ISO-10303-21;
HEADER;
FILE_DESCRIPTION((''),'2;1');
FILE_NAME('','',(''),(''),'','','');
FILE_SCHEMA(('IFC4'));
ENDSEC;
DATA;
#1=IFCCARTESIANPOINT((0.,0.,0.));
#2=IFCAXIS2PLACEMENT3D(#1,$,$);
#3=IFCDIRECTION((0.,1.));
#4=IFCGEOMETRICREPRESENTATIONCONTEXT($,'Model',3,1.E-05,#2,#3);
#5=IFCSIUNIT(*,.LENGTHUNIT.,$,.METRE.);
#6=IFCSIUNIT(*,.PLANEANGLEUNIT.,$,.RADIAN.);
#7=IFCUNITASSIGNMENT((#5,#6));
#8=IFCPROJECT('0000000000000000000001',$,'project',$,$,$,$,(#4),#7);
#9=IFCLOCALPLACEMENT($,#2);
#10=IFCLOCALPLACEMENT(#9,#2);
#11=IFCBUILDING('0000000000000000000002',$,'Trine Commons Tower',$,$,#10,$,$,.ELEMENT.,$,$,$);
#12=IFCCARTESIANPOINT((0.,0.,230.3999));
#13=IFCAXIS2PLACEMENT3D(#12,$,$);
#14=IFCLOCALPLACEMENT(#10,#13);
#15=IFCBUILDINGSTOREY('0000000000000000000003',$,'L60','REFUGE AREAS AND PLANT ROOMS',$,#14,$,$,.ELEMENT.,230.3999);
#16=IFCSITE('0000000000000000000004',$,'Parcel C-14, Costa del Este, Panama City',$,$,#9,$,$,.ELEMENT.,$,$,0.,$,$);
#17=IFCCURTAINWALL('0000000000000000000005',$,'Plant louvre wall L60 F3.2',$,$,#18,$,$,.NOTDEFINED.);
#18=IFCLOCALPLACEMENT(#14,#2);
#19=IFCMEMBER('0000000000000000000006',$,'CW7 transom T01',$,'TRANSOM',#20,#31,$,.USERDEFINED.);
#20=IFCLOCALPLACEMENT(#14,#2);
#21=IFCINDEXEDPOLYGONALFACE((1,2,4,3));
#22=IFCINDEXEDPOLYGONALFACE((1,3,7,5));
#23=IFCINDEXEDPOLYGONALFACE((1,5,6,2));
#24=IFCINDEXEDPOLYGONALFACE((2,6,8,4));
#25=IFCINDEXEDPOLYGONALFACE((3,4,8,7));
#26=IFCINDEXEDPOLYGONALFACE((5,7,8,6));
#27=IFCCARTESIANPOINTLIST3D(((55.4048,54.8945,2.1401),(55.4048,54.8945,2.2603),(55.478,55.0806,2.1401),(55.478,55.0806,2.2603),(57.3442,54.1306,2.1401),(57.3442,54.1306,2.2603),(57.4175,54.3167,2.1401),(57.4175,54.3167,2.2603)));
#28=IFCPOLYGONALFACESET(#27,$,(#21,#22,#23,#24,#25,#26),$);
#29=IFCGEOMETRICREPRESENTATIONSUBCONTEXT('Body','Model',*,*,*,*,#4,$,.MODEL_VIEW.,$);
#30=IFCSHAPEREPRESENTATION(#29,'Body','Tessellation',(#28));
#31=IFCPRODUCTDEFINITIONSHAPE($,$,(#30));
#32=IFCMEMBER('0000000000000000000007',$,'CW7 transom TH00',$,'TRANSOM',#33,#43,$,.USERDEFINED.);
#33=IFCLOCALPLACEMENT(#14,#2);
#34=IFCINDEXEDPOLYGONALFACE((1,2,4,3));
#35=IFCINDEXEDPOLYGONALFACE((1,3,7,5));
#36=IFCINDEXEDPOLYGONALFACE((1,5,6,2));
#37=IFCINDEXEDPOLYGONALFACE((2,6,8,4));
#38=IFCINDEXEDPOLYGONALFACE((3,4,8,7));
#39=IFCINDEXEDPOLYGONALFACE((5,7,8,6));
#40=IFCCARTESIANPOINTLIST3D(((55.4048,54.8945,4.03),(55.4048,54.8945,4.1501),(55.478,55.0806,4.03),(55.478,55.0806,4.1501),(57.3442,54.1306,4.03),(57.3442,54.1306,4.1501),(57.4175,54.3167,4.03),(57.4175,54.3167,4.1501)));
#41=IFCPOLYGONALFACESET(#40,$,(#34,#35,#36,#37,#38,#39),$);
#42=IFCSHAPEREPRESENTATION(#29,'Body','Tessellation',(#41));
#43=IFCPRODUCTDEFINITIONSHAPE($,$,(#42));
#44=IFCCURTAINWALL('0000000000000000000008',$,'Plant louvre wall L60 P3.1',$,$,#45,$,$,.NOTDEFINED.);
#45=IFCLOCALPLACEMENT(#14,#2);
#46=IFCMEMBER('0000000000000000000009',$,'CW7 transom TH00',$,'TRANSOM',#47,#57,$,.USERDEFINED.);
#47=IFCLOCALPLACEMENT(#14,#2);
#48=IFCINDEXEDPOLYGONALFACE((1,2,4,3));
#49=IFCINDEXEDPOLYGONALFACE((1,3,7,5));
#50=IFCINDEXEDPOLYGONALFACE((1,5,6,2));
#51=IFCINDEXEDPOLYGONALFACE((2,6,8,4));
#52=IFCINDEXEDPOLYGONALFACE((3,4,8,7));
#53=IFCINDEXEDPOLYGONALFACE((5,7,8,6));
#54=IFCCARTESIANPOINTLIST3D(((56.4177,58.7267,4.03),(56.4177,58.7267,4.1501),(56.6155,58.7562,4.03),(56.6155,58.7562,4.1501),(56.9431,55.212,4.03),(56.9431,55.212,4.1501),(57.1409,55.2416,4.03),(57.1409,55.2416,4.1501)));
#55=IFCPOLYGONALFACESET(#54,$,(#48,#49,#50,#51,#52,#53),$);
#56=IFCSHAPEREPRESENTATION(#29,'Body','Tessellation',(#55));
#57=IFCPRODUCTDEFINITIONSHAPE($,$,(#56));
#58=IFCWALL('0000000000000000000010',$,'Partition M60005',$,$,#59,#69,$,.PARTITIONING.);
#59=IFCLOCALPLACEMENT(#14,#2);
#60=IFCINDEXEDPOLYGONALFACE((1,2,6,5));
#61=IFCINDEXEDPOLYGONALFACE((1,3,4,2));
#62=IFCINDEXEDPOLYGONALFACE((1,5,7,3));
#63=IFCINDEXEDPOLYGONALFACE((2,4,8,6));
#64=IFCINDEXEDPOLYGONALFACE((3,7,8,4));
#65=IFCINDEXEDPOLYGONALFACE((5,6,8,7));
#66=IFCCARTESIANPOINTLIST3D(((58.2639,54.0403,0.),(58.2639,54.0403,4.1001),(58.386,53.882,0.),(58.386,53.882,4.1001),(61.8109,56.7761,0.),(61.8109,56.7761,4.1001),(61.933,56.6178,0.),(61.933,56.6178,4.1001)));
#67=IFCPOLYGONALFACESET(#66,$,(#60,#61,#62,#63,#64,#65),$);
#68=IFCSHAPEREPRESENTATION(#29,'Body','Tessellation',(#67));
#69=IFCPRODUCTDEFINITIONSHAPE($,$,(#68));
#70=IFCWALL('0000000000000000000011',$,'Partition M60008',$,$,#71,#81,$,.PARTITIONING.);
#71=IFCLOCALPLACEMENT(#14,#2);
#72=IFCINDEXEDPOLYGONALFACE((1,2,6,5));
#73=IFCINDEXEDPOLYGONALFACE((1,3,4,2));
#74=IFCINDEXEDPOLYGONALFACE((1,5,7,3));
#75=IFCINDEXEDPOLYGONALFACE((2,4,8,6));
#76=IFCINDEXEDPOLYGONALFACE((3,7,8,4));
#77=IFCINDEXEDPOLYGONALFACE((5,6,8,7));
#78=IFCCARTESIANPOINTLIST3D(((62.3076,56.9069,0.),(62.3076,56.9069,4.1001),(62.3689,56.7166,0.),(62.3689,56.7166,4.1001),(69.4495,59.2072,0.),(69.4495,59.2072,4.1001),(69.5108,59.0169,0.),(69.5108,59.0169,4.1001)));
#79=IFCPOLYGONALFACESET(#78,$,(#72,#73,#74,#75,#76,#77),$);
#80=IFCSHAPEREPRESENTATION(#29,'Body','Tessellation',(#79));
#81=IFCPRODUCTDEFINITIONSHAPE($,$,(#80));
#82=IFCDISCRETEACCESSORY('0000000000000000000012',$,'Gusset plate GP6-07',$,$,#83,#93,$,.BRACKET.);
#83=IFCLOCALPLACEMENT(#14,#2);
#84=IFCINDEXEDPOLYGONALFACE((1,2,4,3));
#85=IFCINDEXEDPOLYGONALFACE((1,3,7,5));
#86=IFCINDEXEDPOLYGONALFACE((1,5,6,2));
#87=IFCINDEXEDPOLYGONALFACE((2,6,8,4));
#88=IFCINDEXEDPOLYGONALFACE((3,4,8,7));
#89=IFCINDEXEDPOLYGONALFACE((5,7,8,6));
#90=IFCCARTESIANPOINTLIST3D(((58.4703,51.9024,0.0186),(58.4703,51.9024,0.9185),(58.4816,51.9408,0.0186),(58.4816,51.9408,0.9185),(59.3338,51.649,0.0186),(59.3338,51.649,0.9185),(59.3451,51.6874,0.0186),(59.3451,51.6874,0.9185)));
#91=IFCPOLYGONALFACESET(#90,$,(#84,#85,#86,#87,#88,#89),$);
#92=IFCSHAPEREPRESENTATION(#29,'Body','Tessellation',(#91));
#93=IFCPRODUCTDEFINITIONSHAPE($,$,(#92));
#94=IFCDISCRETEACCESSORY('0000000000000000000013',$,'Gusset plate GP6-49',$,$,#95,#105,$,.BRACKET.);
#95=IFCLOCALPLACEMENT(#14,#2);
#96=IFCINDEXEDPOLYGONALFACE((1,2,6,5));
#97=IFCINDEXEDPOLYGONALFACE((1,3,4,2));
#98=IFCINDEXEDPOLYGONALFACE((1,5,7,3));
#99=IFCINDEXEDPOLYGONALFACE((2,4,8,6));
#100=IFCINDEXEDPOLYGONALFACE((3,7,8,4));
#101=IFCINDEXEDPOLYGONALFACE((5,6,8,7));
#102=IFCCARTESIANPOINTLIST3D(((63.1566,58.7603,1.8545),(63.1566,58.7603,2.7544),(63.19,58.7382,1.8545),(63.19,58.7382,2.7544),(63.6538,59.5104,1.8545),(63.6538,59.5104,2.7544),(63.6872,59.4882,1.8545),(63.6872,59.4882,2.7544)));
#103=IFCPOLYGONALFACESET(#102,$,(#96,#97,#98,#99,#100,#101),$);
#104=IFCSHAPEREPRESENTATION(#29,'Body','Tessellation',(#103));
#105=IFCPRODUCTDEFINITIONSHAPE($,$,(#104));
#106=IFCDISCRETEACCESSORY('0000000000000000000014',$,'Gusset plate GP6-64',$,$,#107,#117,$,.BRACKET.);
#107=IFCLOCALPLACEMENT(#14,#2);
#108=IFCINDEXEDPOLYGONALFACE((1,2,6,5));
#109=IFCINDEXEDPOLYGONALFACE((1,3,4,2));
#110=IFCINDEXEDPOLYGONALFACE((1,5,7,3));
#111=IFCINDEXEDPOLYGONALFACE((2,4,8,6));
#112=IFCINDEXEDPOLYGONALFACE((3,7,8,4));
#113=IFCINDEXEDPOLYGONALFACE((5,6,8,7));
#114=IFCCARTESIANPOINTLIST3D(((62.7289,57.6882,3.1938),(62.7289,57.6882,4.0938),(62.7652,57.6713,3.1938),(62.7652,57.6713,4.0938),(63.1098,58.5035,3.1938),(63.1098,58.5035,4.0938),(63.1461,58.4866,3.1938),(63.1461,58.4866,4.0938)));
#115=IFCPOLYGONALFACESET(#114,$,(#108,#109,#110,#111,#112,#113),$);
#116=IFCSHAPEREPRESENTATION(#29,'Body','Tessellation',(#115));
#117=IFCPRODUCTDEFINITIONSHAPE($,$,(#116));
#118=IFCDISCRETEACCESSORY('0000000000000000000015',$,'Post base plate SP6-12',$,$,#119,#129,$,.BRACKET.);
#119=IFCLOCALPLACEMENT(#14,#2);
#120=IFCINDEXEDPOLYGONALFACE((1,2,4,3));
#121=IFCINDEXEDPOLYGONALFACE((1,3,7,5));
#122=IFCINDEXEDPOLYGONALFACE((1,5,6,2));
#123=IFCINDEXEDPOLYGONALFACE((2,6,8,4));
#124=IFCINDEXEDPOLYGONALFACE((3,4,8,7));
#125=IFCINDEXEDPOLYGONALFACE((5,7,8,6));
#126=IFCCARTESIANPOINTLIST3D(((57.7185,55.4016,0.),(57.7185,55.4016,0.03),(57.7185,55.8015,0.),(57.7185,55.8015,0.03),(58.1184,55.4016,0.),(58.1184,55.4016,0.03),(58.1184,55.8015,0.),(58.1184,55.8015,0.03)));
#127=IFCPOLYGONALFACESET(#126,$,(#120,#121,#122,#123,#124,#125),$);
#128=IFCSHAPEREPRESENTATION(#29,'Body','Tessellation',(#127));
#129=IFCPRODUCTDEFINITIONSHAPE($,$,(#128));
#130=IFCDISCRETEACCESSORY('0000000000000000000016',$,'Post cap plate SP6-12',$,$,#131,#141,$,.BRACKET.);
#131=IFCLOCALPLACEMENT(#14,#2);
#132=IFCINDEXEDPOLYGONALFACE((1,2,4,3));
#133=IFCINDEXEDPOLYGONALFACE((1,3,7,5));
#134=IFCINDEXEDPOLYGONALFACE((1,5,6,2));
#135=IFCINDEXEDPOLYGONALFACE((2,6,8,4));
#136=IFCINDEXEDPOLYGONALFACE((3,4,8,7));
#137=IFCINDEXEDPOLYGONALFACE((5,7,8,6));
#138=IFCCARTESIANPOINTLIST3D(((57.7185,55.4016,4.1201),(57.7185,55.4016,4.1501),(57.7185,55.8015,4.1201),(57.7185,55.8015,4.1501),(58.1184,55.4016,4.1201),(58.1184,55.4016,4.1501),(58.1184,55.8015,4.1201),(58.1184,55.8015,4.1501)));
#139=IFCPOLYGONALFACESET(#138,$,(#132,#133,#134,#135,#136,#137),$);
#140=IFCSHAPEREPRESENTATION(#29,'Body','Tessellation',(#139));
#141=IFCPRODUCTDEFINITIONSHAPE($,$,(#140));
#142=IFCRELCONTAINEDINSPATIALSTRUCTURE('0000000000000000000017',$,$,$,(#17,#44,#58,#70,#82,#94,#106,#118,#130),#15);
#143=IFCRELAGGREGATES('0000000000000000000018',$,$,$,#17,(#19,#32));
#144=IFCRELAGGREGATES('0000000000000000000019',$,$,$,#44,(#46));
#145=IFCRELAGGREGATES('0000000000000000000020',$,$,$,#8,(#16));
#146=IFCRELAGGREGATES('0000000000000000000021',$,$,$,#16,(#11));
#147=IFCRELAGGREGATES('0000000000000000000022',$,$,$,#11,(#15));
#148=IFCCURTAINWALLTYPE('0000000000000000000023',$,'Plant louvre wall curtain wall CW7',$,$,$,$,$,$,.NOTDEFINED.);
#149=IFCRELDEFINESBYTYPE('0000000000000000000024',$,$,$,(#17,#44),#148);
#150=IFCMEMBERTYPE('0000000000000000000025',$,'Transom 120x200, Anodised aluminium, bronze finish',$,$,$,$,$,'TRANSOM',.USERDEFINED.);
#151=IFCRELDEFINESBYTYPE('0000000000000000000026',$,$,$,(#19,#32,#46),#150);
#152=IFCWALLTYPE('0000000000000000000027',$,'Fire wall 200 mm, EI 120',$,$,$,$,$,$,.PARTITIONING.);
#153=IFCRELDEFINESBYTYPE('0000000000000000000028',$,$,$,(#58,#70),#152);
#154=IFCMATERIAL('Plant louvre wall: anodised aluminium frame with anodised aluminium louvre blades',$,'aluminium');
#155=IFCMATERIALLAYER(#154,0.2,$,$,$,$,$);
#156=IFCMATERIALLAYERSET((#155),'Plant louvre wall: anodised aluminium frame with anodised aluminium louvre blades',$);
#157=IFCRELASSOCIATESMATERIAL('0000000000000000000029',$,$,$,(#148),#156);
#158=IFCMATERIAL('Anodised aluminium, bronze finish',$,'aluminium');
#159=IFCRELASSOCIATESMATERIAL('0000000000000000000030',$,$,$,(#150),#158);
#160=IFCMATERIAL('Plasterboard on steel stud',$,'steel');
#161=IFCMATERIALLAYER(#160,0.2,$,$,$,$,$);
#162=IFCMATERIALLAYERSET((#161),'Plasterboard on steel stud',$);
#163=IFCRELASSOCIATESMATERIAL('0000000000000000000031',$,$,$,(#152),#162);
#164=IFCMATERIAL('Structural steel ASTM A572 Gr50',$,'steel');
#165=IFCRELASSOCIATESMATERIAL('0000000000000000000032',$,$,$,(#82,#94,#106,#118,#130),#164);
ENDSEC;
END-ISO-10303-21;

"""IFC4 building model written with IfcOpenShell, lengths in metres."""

from ifc_helpers import new_model, si_unit, direction, frame, frame_2d, origin, origin_2d, place, context, subcontext, project, spatial, rectangle, extrude, material, layer, layer_set, material_profile, profile_set, type_object, element, aggregate, save


model = new_model("IFC4")

# Units and contexts
model_context = context("Model", 3, precision=1e-05, world=origin(), true_north=direction((0.0, 1.0)))
body_context = subcontext(model_context, "Body", "Model", "MODEL_VIEW")
ifc_project = project(units=[si_unit("LENGTHUNIT", "METRE"), si_unit("PLANEANGLEUNIT", "RADIAN")], contexts=[model_context])

# Site, building, storey
site_placement = place(None, origin())
site = spatial("IfcSite", under=ifc_project, at=site_placement, Name="Parcel C-14, Costa del Este, Panama City", CompositionType="ELEMENT", RefElevation=0.0)
building_placement = place(site_placement, origin())
building = spatial("IfcBuilding", under=site, at=building_placement, Name="Trine Commons Tower", CompositionType="ELEMENT")
storey_placement = place(building_placement, frame((0.0, 0.0, 230.3999)))
storey = spatial("IfcBuildingStorey", under=building, at=storey_placement, Name="L60", Description="REFUGE AREAS AND PLANT ROOMS", CompositionType="ELEMENT", Elevation=230.3999)

# Curtain wall
ifc_material_1 = material(Name="Plant louvre wall: anodised aluminium frame with anodised aluminium louvre blades", Category="aluminium")
ifc_layer_1 = layer(ifc_material_1, 0.2)
ifc_layer_set_1 = layer_set([ifc_layer_1], Name="Plant louvre wall: anodised aluminium frame with anodised aluminium louvre blades")
curtain_wall_type = type_object("IfcCurtainWallType", Name="Plant louvre wall curtain wall CW7", PredefinedType="NOTDEFINED", material=ifc_layer_set_1)
curtain_wall_1_placement = place(storey_placement, origin())
curtain_wall_1 = element("IfcCurtainWall", 1, at=curtain_wall_1_placement, inside=storey, type_object=curtain_wall_type, Name="Plant louvre wall L60 F3.2", PredefinedType="NOTDEFINED")
ifc_material_2 = material(Name="Anodised aluminium, bronze finish", Category="aluminium")

# Members
ifc_material_profile_1 = material_profile(ifc_material_2, rectangle(XDim=0.2, YDim=0.1201, at=origin_2d()), Name="Transom 120x200")
ifc_profile_set_1 = profile_set([ifc_material_profile_1], Name="Anodised aluminium, bronze finish")
member_type_1 = type_object("IfcMemberType", Name="Transom 120x200, Anodised aluminium, bronze finish", ElementType="TRANSOM", PredefinedType="USERDEFINED", material=ifc_profile_set_1)
member_1_placement = place(storey_placement, frame((57.3809, 54.2236, 2.2002), z_axis=(-0.930427, 0.366478, 0.0), x_axis=(-0.366478, -0.930427, 0.0)))
member_1 = element("IfcMember", 2, at=member_1_placement, type_object=member_type_1, Name="CW7 transom T01", ObjectType="TRANSOM", PredefinedType="USERDEFINED", context=body_context, shape_type="SweptSolid", body=[
    extrude(rectangle(XDim=0.2, YDim=0.1201, at=origin_2d()), origin(), (0.0, 0.0, 1.0), 2.0845),
])
member_2_placement = place(storey_placement, frame((57.3809, 54.2236, 4.0901), z_axis=(-0.930427, 0.366478, 0.0), x_axis=(-0.366478, -0.930427, 0.0)))
member_2 = element("IfcMember", 3, at=member_2_placement, type_object=member_type_1, Name="CW7 transom TH00", ObjectType="TRANSOM", PredefinedType="USERDEFINED", context=body_context, shape_type="SweptSolid", body=[
    extrude(rectangle(XDim=0.2, YDim=0.1201, at=origin_2d()), origin(), (0.0, 0.0, 1.0), 2.0845),
])
aggregate(curtain_wall_1, [member_1, member_2])

# Curtain wall, member
curtain_wall_2_placement = place(storey_placement, origin())
curtain_wall_2 = element("IfcCurtainWall", 4, at=curtain_wall_2_placement, inside=storey, type_object=curtain_wall_type, Name="Plant louvre wall L60 P3.1", PredefinedType="NOTDEFINED")
member_3_placement = place(storey_placement, frame((57.042, 55.2268, 4.0901), z_axis=(-0.147843, 0.989011, 0.0), x_axis=(-0.989011, -0.147843, 0.0)))
member_3 = element("IfcMember", 5, at=member_3_placement, type_object=member_type_1, Name="CW7 transom TH00", ObjectType="TRANSOM", PredefinedType="USERDEFINED", context=body_context, shape_type="SweptSolid", body=[
    extrude(rectangle(XDim=0.2, YDim=0.1201, at=origin_2d()), origin(), (0.0, 0.0, 1.0), 3.5537),
])
aggregate(curtain_wall_2, [member_3])

# Walls
ifc_material_3 = material(Name="Plasterboard on steel stud", Category="steel")
ifc_layer_2 = layer(ifc_material_3, 0.2)
ifc_layer_set_2 = layer_set([ifc_layer_2], Name="Plasterboard on steel stud")
wall_type = type_object("IfcWallType", Name="Fire wall 200 mm, EI 120", PredefinedType="PARTITIONING", material=ifc_layer_set_2)
wall_1_placement = place(storey_placement, frame((58.325, 53.9612, 0.0), z_axis=(0.0, 0.0, 1.0), x_axis=(0.791837, 0.610732, 0.0)))
element("IfcWall", 6, at=wall_1_placement, inside=storey, type_object=wall_type, Name="Partition M60005", PredefinedType="PARTITIONING", context=body_context, shape_type="SweptSolid", body=[
    extrude(rectangle(XDim=4.4795, YDim=0.2, at=frame_2d((2.2397, 0.0))), origin(), (0.0, 0.0, 1.0), 4.1001),
])
wall_2_placement = place(storey_placement, frame((62.3384, 56.8118, 0.0), z_axis=(0.0, 0.0, 1.0), x_axis=(0.951846, 0.306577, 0.0)))
element("IfcWall", 7, at=wall_2_placement, inside=storey, type_object=wall_type, Name="Partition M60008", PredefinedType="PARTITIONING", context=body_context, shape_type="SweptSolid", body=[
    extrude(rectangle(XDim=7.5032, YDim=0.2, at=frame_2d((3.7515, 0.0))), origin(), (0.0, 0.0, 1.0), 4.1001),
])

# Discrete accessories
ifc_material_4 = material(Name="Structural steel ASTM A572 Gr50", Category="steel")
for number, where, z_axis, x_axis, name in (
    (8, (58.9077, 51.7949, 0.0186), (0.0, 0.0, 1.0), (0.959545, -0.281554, 0.0), "Gusset plate GP6-07"),
    (9, (63.4219, 59.1243, 1.8545), (0.0, 0.0, 1.0), (-0.552519, -0.8335, 0.0), "Gusset plate GP6-49"),
    (10, (62.9375, 58.0874, 3.1938), (0.0, 0.0, 1.0), (-0.423251, -0.906013, 0.0), "Gusset plate GP6-64"),
):
    element("IfcDiscreteAccessory", number, at=place(storey_placement, frame(where, z_axis=z_axis, x_axis=x_axis)), inside=storey, material=ifc_material_4, Name=name, PredefinedType="BRACKET", context=body_context, shape_type="SweptSolid", body=[
        extrude(rectangle(XDim=0.8999, YDim=0.04, at=origin_2d()), origin(), (0.0, 0.0, 1.0), 0.8999),
    ])
for number, where, z_axis, x_axis, name in (
    (11, (57.9185, 55.6016, 0.0), (0.0, 0.0, 1.0), (1.0, 0.0, 0.0), "Post base plate SP6-12"),
    (12, (57.9185, 55.6016, 4.1201), (0.0, 0.0, 1.0), (1.0, 0.0, 0.0), "Post cap plate SP6-12"),
):
    element("IfcDiscreteAccessory", number, at=place(storey_placement, frame(where, z_axis=z_axis, x_axis=x_axis)), inside=storey, material=ifc_material_4, Name=name, PredefinedType="BRACKET", context=body_context, shape_type="SweptSolid", body=[
        extrude(rectangle(XDim=0.3999, YDim=0.3999, at=origin_2d()), origin(), (0.0, 0.0, 1.0), 0.03),
    ])

save(model, "model.ifc")
